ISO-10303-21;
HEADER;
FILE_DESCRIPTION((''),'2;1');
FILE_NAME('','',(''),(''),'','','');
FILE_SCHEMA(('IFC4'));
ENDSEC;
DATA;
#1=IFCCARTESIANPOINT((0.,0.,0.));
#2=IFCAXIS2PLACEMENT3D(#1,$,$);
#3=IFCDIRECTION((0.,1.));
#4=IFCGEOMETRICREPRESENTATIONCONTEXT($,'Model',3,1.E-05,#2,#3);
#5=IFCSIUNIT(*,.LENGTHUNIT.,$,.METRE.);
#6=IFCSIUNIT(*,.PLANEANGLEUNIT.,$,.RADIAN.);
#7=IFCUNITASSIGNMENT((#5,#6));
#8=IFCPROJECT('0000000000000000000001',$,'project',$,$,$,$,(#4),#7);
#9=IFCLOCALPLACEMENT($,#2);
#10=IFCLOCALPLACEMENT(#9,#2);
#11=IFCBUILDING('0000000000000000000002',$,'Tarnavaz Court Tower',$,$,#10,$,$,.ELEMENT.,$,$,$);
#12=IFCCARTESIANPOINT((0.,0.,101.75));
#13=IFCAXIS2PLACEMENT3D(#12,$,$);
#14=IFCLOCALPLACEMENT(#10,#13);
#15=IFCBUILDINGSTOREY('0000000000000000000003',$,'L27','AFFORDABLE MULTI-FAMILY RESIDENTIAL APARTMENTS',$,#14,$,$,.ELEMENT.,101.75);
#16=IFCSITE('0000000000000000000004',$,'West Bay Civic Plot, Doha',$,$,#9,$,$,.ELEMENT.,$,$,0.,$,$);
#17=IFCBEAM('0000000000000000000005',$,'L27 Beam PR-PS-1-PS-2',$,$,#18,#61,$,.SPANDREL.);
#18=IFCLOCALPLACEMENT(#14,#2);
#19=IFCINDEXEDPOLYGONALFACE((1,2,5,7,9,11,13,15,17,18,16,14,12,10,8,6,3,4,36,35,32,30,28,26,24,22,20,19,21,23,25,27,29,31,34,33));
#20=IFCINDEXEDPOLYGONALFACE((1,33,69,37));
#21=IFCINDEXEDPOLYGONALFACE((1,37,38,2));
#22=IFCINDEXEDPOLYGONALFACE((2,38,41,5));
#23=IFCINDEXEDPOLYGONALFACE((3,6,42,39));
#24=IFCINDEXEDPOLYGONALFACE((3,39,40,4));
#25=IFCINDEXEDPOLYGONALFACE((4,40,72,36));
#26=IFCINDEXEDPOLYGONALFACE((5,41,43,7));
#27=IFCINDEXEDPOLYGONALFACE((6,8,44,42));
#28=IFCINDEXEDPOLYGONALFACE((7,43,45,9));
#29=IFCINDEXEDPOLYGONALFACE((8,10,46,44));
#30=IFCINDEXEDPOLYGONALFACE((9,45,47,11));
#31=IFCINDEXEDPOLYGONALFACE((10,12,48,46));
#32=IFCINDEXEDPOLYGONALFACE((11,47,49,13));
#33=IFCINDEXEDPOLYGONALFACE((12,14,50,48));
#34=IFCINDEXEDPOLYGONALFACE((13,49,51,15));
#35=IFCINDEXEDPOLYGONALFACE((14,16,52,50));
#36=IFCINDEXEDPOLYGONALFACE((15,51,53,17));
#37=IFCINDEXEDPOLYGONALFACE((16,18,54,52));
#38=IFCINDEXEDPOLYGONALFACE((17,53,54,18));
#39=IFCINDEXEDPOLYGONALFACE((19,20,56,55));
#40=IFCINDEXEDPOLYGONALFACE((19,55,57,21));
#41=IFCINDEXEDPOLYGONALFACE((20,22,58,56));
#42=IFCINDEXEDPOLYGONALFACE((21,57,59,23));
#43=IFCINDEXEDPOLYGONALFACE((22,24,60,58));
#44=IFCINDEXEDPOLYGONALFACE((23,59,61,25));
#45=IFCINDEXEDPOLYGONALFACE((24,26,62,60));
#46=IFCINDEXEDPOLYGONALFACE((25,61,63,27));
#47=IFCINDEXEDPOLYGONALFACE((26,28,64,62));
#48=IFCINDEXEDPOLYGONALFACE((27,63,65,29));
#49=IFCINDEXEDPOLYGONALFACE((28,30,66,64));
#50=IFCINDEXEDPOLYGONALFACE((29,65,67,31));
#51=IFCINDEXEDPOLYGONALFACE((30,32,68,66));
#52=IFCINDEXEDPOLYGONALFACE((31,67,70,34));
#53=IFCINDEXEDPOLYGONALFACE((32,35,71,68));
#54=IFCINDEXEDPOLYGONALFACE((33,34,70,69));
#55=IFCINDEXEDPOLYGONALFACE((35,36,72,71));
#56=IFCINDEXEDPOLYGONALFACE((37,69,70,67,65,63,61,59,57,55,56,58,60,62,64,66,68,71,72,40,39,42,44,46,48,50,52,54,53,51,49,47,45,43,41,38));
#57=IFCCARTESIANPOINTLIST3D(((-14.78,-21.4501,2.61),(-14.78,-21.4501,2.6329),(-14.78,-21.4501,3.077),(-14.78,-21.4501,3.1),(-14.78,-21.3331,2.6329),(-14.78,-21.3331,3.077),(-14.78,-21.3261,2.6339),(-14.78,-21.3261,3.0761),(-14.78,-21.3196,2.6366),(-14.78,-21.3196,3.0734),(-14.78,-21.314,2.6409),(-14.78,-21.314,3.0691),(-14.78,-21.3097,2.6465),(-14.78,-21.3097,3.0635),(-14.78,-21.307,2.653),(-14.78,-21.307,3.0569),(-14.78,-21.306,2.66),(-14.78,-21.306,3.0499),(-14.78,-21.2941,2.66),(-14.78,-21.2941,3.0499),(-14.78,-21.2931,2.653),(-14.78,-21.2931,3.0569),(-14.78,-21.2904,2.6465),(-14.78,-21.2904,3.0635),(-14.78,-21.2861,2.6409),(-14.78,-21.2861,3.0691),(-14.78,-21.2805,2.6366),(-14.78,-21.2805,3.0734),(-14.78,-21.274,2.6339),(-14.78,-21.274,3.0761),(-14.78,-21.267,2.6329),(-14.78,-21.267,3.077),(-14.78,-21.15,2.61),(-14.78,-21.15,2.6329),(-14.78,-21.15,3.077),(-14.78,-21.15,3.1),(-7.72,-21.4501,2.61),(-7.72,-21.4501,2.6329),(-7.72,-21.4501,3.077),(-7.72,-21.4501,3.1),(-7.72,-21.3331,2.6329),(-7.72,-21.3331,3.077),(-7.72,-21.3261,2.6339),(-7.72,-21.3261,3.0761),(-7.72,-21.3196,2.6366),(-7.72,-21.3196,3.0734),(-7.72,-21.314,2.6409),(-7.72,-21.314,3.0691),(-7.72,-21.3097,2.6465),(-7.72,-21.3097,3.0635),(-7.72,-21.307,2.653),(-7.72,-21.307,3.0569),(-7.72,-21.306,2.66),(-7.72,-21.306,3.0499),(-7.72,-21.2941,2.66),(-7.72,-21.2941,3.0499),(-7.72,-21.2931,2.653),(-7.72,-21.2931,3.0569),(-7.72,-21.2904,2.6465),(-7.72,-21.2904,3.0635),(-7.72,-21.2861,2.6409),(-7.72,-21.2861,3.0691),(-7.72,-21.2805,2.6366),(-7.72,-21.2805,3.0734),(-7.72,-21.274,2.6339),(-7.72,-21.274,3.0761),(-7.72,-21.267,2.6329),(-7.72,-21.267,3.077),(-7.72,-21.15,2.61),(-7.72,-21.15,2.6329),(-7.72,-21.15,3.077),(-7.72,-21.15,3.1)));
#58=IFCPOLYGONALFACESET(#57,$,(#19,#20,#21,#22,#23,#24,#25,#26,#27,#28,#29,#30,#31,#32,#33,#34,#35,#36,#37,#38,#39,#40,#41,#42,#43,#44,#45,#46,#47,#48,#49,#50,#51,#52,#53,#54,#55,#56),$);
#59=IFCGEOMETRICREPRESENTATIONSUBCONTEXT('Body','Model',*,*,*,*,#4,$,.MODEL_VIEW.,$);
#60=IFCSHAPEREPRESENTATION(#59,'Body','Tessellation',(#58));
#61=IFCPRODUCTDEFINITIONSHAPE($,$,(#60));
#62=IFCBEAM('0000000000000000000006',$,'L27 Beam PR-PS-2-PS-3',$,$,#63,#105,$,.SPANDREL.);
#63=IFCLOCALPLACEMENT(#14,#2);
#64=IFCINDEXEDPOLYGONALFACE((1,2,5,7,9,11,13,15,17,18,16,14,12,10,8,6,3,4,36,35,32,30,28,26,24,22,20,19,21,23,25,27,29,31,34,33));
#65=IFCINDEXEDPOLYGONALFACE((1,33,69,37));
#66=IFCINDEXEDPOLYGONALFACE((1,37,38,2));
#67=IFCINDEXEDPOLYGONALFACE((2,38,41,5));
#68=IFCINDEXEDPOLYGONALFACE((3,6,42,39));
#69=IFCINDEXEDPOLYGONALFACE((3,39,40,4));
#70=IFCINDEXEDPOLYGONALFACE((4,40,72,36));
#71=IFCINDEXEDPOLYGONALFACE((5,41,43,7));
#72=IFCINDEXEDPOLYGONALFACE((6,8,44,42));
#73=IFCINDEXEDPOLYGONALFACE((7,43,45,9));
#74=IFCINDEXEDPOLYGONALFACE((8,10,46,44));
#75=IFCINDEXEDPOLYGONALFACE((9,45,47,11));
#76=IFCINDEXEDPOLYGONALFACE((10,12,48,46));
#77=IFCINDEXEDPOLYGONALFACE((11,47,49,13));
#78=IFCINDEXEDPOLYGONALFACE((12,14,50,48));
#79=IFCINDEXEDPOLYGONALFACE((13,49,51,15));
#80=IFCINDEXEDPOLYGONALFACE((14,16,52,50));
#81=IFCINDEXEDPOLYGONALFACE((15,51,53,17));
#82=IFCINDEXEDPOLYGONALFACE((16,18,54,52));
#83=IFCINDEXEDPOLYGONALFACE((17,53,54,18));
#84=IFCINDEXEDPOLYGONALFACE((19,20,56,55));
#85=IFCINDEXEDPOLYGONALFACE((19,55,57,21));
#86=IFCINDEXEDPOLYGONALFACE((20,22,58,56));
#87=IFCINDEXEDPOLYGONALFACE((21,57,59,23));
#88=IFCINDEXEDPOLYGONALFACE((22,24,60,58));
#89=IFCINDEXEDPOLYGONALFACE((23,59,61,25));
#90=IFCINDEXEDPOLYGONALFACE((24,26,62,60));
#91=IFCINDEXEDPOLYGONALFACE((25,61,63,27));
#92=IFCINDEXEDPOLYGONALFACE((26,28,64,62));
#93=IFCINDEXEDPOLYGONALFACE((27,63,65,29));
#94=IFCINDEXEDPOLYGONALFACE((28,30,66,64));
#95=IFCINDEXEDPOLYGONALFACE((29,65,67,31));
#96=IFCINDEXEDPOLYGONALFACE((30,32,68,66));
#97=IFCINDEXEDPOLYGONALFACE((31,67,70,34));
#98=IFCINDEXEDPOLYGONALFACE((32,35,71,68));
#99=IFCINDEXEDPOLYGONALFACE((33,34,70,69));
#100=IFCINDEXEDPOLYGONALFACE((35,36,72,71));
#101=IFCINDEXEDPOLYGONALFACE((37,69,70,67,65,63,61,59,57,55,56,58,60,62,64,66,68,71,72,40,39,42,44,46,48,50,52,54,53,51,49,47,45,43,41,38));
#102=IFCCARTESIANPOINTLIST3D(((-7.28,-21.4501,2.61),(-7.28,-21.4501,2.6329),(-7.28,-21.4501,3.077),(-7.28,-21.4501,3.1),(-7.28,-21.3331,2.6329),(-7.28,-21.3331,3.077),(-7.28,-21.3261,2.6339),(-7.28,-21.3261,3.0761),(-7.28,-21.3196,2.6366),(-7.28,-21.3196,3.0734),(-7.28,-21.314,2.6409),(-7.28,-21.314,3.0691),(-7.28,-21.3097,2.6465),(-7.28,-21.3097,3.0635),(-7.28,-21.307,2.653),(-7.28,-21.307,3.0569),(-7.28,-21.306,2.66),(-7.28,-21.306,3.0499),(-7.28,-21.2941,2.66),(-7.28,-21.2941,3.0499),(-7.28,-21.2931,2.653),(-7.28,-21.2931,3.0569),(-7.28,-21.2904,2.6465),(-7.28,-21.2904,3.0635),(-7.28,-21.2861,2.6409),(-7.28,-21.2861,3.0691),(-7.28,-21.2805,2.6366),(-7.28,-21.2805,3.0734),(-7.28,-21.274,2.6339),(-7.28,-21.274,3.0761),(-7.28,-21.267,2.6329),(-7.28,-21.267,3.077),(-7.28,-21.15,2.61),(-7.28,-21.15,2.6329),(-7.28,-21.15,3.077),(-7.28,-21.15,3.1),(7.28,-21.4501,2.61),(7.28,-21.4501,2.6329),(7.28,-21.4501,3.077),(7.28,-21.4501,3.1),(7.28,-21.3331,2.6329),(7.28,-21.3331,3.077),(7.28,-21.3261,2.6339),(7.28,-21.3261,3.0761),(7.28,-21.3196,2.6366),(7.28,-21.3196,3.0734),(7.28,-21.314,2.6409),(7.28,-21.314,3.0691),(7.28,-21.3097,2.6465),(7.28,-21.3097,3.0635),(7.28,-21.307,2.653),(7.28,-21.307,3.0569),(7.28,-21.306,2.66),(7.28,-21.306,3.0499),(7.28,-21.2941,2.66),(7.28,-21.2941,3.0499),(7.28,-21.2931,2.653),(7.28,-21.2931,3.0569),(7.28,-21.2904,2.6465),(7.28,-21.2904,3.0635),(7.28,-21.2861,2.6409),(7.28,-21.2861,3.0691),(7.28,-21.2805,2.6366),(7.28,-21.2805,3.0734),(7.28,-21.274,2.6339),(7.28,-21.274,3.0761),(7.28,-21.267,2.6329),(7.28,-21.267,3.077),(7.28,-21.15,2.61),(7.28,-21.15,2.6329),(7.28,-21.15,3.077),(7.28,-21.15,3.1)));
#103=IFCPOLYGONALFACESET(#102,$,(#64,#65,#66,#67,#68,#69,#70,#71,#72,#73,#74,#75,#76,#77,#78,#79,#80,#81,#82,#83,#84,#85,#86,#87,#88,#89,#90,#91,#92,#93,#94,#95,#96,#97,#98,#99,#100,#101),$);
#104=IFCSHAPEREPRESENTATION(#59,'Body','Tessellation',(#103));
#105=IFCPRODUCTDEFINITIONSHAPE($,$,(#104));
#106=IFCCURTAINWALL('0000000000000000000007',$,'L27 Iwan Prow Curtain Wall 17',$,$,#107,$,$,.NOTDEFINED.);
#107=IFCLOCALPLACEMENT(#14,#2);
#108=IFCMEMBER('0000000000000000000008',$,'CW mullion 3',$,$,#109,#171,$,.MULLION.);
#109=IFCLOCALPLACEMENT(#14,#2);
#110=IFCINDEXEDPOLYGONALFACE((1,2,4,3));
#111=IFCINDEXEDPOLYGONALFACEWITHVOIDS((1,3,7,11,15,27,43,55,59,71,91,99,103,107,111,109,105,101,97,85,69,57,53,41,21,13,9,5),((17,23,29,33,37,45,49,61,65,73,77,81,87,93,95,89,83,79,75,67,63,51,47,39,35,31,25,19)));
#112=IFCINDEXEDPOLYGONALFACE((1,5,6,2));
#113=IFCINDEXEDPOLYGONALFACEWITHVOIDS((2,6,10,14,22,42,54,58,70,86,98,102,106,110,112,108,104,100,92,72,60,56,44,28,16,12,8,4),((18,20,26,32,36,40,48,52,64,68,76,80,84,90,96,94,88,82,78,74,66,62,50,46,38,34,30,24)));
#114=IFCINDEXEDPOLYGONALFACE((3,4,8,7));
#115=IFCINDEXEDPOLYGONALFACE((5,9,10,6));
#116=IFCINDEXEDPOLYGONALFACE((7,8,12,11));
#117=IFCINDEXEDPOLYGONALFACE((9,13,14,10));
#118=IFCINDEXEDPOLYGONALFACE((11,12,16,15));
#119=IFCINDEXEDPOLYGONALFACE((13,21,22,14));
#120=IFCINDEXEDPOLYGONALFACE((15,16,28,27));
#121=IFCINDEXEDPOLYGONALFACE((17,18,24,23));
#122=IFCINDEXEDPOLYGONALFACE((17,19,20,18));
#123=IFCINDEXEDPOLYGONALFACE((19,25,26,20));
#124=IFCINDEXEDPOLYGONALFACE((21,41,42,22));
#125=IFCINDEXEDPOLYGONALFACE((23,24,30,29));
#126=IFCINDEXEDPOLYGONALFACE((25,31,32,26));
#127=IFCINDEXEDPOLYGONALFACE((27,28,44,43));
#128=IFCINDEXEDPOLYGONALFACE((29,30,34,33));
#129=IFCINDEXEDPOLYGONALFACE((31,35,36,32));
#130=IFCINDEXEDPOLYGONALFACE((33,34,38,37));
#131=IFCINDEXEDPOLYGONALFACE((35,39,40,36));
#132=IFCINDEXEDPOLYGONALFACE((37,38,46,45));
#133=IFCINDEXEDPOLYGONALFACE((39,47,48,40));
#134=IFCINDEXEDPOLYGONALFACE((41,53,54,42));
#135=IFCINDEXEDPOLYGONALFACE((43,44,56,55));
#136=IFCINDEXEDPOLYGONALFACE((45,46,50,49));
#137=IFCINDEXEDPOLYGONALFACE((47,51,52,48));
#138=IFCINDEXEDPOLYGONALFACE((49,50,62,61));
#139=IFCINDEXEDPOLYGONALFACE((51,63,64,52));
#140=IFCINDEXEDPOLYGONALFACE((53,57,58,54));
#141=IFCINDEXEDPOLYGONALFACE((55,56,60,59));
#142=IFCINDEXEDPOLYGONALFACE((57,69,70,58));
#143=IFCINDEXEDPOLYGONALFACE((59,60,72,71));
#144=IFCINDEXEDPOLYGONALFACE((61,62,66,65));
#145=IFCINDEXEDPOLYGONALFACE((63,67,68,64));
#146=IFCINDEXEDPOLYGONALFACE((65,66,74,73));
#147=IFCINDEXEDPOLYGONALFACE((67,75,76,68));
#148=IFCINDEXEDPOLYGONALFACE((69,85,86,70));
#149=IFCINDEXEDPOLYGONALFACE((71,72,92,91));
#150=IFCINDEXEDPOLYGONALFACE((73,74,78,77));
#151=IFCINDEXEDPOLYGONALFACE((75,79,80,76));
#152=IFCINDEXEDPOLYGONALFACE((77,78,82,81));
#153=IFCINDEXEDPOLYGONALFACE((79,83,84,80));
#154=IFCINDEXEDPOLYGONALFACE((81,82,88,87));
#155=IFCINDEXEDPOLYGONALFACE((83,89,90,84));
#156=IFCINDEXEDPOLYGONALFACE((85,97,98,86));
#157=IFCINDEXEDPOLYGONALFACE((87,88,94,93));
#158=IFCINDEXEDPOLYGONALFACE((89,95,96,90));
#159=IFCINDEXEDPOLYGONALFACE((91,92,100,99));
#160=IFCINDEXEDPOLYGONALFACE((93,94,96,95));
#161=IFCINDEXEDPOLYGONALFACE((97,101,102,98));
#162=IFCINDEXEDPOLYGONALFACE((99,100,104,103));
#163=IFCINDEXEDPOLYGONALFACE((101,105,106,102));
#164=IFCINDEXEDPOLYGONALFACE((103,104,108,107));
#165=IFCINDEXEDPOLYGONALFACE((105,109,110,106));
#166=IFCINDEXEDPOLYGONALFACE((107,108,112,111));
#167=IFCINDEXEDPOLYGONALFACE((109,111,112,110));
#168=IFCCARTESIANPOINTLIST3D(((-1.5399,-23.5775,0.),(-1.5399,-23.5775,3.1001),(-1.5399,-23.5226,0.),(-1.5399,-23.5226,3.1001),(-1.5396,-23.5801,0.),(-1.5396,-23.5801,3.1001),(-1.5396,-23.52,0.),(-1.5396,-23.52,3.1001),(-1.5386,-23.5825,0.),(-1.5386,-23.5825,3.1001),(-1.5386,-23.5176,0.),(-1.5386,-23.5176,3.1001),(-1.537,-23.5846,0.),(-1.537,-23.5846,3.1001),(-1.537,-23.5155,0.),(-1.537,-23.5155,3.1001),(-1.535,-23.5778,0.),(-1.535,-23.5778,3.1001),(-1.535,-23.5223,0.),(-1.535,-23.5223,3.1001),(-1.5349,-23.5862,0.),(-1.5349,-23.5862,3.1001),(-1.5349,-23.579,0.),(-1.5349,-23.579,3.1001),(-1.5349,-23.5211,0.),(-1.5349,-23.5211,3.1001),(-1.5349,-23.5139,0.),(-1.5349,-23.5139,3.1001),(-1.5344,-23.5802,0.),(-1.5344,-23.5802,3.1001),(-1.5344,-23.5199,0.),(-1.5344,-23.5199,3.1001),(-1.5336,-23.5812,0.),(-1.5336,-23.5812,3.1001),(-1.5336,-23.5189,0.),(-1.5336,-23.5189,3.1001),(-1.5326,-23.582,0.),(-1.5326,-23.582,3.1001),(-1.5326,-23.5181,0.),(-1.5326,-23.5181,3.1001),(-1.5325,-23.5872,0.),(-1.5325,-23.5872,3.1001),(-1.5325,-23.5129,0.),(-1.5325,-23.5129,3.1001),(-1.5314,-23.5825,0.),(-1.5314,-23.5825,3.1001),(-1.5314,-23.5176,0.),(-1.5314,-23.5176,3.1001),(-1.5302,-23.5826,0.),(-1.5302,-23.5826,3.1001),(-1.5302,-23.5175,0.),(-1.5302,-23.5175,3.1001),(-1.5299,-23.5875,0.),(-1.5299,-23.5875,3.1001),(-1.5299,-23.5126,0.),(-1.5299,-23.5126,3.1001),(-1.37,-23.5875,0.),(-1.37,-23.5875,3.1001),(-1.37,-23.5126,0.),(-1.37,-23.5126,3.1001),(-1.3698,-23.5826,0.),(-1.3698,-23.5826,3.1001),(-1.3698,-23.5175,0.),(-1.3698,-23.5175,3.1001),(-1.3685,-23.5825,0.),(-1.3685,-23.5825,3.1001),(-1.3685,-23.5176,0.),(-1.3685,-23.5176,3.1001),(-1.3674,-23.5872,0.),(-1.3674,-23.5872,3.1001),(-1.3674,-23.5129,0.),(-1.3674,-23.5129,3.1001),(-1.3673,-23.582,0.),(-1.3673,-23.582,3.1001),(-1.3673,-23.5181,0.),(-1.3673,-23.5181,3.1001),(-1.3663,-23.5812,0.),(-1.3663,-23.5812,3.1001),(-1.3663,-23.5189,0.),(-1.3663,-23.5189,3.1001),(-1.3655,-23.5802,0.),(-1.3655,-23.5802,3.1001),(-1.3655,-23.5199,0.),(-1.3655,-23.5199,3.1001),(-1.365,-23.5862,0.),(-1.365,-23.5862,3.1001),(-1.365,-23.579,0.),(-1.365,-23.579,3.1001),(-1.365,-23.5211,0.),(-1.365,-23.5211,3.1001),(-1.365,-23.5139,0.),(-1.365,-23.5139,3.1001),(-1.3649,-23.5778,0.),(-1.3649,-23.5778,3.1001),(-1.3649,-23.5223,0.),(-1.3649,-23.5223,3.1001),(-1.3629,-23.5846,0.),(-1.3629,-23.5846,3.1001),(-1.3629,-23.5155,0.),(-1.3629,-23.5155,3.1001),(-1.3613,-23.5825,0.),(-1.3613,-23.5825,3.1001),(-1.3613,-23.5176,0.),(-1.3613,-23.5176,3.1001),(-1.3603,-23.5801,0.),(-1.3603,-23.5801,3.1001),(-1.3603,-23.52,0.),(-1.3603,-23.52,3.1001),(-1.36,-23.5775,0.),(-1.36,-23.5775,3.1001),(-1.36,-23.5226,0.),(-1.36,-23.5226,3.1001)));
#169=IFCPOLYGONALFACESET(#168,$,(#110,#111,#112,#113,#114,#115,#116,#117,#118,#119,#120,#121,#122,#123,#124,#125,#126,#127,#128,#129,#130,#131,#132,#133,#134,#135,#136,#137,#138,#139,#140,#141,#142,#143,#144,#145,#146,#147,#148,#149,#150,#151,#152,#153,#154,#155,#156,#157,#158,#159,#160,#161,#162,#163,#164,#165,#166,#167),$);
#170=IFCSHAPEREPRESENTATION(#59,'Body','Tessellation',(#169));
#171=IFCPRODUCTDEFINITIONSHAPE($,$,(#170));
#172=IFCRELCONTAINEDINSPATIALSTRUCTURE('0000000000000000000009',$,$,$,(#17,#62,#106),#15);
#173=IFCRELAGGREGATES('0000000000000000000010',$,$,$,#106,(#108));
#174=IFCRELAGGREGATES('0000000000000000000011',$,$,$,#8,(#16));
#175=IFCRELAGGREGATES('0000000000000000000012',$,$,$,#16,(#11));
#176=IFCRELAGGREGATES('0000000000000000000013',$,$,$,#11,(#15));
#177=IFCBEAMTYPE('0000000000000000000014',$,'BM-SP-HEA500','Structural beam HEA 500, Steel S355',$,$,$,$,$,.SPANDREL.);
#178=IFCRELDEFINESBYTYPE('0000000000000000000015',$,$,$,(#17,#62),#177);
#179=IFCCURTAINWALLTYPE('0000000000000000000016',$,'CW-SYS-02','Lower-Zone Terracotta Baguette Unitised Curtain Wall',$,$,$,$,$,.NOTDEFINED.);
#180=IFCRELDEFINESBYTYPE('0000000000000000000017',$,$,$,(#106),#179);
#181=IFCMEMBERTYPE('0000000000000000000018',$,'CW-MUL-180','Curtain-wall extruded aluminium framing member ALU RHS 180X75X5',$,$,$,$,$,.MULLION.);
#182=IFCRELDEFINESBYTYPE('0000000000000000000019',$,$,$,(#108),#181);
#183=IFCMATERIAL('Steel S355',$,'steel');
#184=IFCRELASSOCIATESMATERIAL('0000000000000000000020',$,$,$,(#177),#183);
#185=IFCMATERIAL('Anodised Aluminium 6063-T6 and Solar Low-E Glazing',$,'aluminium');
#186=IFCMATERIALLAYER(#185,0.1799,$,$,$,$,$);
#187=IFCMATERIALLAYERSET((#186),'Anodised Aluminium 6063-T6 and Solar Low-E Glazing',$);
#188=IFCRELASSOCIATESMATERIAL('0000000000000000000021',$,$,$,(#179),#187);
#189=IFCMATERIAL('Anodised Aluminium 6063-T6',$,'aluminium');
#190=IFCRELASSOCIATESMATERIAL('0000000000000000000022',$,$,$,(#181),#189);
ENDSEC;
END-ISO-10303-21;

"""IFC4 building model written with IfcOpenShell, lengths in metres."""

from ifc_helpers import new_model, si_unit, direction, frame, origin, origin_2d, place, context, subcontext, project, spatial, hollow_rectangle, i_section, extrude, material, layer, layer_set, material_profile, profile_set, type_object, element, aggregate, save


model = new_model("IFC4")

# Units and contexts
model_context = context("Model", 3, precision=1e-05, world=origin(), true_north=direction((0.0, 1.0)))
body_context = subcontext(model_context, "Body", "Model", "MODEL_VIEW")
ifc_project = project(units=[si_unit("LENGTHUNIT", "METRE"), si_unit("PLANEANGLEUNIT", "RADIAN")], contexts=[model_context])

# Site, building, storey
site_placement = place(None, origin())
site = spatial("IfcSite", under=ifc_project, at=site_placement, Name="West Bay Civic Plot, Doha", CompositionType="ELEMENT", RefElevation=0.0)
building_placement = place(site_placement, origin())
building = spatial("IfcBuilding", under=site, at=building_placement, Name="Tarnavaz Court Tower", CompositionType="ELEMENT")
storey_placement = place(building_placement, frame((0.0, 0.0, 101.75)))
storey = spatial("IfcBuildingStorey", under=building, at=storey_placement, Name="L27", Description="AFFORDABLE MULTI-FAMILY RESIDENTIAL APARTMENTS", CompositionType="ELEMENT", Elevation=101.75)

# Beams
ifc_material_1 = material(Name="Steel S355", Category="steel")
ifc_material_profile_1 = material_profile(ifc_material_1, i_section(OverallWidth=0.3, OverallDepth=0.49, WebThickness=0.012, FlangeThickness=0.0229, FilletRadius=0.0271, at=origin_2d()), Name="HEA 500")
ifc_profile_set_1 = profile_set([ifc_material_profile_1], Name="Steel S355")
beam_type_1 = type_object("IfcBeamType", Name="BM-SP-HEA500", Description="Structural beam HEA 500, Steel S355", PredefinedType="SPANDREL", material=ifc_profile_set_1)
beam_1_placement = place(storey_placement, frame((-14.78, -21.3, 2.855), z_axis=(1.0, 0.0, 0.0), x_axis=(0.0, 1.0, 0.0)))
element("IfcBeam", 1, at=beam_1_placement, inside=storey, type_object=beam_type_1, Name="L27 Beam PR-PS-1-PS-2", PredefinedType="SPANDREL", context=body_context, shape_type="SweptSolid", body=[
    extrude(i_section(OverallWidth=0.3, OverallDepth=0.49, WebThickness=0.012, FlangeThickness=0.0229, FilletRadius=0.0271, at=origin_2d()), origin(), (0.0, 0.0, 1.0), 7.0601),
])
beam_2_placement = place(storey_placement, frame((-7.28, -21.3, 2.855), z_axis=(1.0, 0.0, 0.0), x_axis=(0.0, 1.0, 0.0)))
element("IfcBeam", 2, at=beam_2_placement, inside=storey, type_object=beam_type_1, Name="L27 Beam PR-PS-2-PS-3", PredefinedType="SPANDREL", context=body_context, shape_type="SweptSolid", body=[
    extrude(i_section(OverallWidth=0.3, OverallDepth=0.49, WebThickness=0.012, FlangeThickness=0.0229, FilletRadius=0.0271, at=origin_2d()), origin(), (0.0, 0.0, 1.0), 14.5601),
])

# Curtain wall, member
ifc_material_2 = material(Name="Anodised Aluminium 6063-T6 and Solar Low-E Glazing", Category="aluminium")
ifc_layer_1 = layer(ifc_material_2, 0.1799)
ifc_layer_set_1 = layer_set([ifc_layer_1], Name="Anodised Aluminium 6063-T6 and Solar Low-E Glazing")
curtain_wall_type = type_object("IfcCurtainWallType", Name="CW-SYS-02", Description="Lower-Zone Terracotta Baguette Unitised Curtain Wall", PredefinedType="NOTDEFINED", material=ifc_layer_set_1)
curtain_wall_placement = place(storey_placement, origin())
curtain_wall = element("IfcCurtainWall", 3, at=curtain_wall_placement, inside=storey, type_object=curtain_wall_type, Name="L27 Iwan Prow Curtain Wall 17", PredefinedType="NOTDEFINED")
ifc_material_3 = material(Name="Anodised Aluminium 6063-T6", Category="aluminium")
ifc_material_profile_2 = material_profile(ifc_material_3, hollow_rectangle(XDim=0.075, YDim=0.1799, WallThickness=0.0049, InnerFilletRadius=0.0049, OuterFilletRadius=0.01, at=origin_2d()), Name="ALU RHS 180X75X5")
ifc_profile_set_2 = profile_set([ifc_material_profile_2], Name="Anodised Aluminium 6063-T6")
member_type_1 = type_object("IfcMemberType", Name="CW-MUL-180", Description="Curtain-wall extruded aluminium framing member ALU RHS 180X75X5", PredefinedType="MULLION", material=ifc_profile_set_2)
member_1_placement = place(storey_placement, frame((-1.45, -23.55, 0.0), z_axis=(0.0, 0.0, 1.0), x_axis=(0.0, -1.0, 0.0)))
member_1 = element("IfcMember", 4, at=member_1_placement, type_object=member_type_1, Name="CW mullion 3", PredefinedType="MULLION", context=body_context, shape_type="SweptSolid", body=[
    extrude(hollow_rectangle(XDim=0.075, YDim=0.1799, WallThickness=0.0049, InnerFilletRadius=0.0049, OuterFilletRadius=0.01, at=origin_2d()), origin(), (0.0, 0.0, 1.0), 3.1001),
])
aggregate(curtain_wall, [member_1])

save(model, "model.ifc")
